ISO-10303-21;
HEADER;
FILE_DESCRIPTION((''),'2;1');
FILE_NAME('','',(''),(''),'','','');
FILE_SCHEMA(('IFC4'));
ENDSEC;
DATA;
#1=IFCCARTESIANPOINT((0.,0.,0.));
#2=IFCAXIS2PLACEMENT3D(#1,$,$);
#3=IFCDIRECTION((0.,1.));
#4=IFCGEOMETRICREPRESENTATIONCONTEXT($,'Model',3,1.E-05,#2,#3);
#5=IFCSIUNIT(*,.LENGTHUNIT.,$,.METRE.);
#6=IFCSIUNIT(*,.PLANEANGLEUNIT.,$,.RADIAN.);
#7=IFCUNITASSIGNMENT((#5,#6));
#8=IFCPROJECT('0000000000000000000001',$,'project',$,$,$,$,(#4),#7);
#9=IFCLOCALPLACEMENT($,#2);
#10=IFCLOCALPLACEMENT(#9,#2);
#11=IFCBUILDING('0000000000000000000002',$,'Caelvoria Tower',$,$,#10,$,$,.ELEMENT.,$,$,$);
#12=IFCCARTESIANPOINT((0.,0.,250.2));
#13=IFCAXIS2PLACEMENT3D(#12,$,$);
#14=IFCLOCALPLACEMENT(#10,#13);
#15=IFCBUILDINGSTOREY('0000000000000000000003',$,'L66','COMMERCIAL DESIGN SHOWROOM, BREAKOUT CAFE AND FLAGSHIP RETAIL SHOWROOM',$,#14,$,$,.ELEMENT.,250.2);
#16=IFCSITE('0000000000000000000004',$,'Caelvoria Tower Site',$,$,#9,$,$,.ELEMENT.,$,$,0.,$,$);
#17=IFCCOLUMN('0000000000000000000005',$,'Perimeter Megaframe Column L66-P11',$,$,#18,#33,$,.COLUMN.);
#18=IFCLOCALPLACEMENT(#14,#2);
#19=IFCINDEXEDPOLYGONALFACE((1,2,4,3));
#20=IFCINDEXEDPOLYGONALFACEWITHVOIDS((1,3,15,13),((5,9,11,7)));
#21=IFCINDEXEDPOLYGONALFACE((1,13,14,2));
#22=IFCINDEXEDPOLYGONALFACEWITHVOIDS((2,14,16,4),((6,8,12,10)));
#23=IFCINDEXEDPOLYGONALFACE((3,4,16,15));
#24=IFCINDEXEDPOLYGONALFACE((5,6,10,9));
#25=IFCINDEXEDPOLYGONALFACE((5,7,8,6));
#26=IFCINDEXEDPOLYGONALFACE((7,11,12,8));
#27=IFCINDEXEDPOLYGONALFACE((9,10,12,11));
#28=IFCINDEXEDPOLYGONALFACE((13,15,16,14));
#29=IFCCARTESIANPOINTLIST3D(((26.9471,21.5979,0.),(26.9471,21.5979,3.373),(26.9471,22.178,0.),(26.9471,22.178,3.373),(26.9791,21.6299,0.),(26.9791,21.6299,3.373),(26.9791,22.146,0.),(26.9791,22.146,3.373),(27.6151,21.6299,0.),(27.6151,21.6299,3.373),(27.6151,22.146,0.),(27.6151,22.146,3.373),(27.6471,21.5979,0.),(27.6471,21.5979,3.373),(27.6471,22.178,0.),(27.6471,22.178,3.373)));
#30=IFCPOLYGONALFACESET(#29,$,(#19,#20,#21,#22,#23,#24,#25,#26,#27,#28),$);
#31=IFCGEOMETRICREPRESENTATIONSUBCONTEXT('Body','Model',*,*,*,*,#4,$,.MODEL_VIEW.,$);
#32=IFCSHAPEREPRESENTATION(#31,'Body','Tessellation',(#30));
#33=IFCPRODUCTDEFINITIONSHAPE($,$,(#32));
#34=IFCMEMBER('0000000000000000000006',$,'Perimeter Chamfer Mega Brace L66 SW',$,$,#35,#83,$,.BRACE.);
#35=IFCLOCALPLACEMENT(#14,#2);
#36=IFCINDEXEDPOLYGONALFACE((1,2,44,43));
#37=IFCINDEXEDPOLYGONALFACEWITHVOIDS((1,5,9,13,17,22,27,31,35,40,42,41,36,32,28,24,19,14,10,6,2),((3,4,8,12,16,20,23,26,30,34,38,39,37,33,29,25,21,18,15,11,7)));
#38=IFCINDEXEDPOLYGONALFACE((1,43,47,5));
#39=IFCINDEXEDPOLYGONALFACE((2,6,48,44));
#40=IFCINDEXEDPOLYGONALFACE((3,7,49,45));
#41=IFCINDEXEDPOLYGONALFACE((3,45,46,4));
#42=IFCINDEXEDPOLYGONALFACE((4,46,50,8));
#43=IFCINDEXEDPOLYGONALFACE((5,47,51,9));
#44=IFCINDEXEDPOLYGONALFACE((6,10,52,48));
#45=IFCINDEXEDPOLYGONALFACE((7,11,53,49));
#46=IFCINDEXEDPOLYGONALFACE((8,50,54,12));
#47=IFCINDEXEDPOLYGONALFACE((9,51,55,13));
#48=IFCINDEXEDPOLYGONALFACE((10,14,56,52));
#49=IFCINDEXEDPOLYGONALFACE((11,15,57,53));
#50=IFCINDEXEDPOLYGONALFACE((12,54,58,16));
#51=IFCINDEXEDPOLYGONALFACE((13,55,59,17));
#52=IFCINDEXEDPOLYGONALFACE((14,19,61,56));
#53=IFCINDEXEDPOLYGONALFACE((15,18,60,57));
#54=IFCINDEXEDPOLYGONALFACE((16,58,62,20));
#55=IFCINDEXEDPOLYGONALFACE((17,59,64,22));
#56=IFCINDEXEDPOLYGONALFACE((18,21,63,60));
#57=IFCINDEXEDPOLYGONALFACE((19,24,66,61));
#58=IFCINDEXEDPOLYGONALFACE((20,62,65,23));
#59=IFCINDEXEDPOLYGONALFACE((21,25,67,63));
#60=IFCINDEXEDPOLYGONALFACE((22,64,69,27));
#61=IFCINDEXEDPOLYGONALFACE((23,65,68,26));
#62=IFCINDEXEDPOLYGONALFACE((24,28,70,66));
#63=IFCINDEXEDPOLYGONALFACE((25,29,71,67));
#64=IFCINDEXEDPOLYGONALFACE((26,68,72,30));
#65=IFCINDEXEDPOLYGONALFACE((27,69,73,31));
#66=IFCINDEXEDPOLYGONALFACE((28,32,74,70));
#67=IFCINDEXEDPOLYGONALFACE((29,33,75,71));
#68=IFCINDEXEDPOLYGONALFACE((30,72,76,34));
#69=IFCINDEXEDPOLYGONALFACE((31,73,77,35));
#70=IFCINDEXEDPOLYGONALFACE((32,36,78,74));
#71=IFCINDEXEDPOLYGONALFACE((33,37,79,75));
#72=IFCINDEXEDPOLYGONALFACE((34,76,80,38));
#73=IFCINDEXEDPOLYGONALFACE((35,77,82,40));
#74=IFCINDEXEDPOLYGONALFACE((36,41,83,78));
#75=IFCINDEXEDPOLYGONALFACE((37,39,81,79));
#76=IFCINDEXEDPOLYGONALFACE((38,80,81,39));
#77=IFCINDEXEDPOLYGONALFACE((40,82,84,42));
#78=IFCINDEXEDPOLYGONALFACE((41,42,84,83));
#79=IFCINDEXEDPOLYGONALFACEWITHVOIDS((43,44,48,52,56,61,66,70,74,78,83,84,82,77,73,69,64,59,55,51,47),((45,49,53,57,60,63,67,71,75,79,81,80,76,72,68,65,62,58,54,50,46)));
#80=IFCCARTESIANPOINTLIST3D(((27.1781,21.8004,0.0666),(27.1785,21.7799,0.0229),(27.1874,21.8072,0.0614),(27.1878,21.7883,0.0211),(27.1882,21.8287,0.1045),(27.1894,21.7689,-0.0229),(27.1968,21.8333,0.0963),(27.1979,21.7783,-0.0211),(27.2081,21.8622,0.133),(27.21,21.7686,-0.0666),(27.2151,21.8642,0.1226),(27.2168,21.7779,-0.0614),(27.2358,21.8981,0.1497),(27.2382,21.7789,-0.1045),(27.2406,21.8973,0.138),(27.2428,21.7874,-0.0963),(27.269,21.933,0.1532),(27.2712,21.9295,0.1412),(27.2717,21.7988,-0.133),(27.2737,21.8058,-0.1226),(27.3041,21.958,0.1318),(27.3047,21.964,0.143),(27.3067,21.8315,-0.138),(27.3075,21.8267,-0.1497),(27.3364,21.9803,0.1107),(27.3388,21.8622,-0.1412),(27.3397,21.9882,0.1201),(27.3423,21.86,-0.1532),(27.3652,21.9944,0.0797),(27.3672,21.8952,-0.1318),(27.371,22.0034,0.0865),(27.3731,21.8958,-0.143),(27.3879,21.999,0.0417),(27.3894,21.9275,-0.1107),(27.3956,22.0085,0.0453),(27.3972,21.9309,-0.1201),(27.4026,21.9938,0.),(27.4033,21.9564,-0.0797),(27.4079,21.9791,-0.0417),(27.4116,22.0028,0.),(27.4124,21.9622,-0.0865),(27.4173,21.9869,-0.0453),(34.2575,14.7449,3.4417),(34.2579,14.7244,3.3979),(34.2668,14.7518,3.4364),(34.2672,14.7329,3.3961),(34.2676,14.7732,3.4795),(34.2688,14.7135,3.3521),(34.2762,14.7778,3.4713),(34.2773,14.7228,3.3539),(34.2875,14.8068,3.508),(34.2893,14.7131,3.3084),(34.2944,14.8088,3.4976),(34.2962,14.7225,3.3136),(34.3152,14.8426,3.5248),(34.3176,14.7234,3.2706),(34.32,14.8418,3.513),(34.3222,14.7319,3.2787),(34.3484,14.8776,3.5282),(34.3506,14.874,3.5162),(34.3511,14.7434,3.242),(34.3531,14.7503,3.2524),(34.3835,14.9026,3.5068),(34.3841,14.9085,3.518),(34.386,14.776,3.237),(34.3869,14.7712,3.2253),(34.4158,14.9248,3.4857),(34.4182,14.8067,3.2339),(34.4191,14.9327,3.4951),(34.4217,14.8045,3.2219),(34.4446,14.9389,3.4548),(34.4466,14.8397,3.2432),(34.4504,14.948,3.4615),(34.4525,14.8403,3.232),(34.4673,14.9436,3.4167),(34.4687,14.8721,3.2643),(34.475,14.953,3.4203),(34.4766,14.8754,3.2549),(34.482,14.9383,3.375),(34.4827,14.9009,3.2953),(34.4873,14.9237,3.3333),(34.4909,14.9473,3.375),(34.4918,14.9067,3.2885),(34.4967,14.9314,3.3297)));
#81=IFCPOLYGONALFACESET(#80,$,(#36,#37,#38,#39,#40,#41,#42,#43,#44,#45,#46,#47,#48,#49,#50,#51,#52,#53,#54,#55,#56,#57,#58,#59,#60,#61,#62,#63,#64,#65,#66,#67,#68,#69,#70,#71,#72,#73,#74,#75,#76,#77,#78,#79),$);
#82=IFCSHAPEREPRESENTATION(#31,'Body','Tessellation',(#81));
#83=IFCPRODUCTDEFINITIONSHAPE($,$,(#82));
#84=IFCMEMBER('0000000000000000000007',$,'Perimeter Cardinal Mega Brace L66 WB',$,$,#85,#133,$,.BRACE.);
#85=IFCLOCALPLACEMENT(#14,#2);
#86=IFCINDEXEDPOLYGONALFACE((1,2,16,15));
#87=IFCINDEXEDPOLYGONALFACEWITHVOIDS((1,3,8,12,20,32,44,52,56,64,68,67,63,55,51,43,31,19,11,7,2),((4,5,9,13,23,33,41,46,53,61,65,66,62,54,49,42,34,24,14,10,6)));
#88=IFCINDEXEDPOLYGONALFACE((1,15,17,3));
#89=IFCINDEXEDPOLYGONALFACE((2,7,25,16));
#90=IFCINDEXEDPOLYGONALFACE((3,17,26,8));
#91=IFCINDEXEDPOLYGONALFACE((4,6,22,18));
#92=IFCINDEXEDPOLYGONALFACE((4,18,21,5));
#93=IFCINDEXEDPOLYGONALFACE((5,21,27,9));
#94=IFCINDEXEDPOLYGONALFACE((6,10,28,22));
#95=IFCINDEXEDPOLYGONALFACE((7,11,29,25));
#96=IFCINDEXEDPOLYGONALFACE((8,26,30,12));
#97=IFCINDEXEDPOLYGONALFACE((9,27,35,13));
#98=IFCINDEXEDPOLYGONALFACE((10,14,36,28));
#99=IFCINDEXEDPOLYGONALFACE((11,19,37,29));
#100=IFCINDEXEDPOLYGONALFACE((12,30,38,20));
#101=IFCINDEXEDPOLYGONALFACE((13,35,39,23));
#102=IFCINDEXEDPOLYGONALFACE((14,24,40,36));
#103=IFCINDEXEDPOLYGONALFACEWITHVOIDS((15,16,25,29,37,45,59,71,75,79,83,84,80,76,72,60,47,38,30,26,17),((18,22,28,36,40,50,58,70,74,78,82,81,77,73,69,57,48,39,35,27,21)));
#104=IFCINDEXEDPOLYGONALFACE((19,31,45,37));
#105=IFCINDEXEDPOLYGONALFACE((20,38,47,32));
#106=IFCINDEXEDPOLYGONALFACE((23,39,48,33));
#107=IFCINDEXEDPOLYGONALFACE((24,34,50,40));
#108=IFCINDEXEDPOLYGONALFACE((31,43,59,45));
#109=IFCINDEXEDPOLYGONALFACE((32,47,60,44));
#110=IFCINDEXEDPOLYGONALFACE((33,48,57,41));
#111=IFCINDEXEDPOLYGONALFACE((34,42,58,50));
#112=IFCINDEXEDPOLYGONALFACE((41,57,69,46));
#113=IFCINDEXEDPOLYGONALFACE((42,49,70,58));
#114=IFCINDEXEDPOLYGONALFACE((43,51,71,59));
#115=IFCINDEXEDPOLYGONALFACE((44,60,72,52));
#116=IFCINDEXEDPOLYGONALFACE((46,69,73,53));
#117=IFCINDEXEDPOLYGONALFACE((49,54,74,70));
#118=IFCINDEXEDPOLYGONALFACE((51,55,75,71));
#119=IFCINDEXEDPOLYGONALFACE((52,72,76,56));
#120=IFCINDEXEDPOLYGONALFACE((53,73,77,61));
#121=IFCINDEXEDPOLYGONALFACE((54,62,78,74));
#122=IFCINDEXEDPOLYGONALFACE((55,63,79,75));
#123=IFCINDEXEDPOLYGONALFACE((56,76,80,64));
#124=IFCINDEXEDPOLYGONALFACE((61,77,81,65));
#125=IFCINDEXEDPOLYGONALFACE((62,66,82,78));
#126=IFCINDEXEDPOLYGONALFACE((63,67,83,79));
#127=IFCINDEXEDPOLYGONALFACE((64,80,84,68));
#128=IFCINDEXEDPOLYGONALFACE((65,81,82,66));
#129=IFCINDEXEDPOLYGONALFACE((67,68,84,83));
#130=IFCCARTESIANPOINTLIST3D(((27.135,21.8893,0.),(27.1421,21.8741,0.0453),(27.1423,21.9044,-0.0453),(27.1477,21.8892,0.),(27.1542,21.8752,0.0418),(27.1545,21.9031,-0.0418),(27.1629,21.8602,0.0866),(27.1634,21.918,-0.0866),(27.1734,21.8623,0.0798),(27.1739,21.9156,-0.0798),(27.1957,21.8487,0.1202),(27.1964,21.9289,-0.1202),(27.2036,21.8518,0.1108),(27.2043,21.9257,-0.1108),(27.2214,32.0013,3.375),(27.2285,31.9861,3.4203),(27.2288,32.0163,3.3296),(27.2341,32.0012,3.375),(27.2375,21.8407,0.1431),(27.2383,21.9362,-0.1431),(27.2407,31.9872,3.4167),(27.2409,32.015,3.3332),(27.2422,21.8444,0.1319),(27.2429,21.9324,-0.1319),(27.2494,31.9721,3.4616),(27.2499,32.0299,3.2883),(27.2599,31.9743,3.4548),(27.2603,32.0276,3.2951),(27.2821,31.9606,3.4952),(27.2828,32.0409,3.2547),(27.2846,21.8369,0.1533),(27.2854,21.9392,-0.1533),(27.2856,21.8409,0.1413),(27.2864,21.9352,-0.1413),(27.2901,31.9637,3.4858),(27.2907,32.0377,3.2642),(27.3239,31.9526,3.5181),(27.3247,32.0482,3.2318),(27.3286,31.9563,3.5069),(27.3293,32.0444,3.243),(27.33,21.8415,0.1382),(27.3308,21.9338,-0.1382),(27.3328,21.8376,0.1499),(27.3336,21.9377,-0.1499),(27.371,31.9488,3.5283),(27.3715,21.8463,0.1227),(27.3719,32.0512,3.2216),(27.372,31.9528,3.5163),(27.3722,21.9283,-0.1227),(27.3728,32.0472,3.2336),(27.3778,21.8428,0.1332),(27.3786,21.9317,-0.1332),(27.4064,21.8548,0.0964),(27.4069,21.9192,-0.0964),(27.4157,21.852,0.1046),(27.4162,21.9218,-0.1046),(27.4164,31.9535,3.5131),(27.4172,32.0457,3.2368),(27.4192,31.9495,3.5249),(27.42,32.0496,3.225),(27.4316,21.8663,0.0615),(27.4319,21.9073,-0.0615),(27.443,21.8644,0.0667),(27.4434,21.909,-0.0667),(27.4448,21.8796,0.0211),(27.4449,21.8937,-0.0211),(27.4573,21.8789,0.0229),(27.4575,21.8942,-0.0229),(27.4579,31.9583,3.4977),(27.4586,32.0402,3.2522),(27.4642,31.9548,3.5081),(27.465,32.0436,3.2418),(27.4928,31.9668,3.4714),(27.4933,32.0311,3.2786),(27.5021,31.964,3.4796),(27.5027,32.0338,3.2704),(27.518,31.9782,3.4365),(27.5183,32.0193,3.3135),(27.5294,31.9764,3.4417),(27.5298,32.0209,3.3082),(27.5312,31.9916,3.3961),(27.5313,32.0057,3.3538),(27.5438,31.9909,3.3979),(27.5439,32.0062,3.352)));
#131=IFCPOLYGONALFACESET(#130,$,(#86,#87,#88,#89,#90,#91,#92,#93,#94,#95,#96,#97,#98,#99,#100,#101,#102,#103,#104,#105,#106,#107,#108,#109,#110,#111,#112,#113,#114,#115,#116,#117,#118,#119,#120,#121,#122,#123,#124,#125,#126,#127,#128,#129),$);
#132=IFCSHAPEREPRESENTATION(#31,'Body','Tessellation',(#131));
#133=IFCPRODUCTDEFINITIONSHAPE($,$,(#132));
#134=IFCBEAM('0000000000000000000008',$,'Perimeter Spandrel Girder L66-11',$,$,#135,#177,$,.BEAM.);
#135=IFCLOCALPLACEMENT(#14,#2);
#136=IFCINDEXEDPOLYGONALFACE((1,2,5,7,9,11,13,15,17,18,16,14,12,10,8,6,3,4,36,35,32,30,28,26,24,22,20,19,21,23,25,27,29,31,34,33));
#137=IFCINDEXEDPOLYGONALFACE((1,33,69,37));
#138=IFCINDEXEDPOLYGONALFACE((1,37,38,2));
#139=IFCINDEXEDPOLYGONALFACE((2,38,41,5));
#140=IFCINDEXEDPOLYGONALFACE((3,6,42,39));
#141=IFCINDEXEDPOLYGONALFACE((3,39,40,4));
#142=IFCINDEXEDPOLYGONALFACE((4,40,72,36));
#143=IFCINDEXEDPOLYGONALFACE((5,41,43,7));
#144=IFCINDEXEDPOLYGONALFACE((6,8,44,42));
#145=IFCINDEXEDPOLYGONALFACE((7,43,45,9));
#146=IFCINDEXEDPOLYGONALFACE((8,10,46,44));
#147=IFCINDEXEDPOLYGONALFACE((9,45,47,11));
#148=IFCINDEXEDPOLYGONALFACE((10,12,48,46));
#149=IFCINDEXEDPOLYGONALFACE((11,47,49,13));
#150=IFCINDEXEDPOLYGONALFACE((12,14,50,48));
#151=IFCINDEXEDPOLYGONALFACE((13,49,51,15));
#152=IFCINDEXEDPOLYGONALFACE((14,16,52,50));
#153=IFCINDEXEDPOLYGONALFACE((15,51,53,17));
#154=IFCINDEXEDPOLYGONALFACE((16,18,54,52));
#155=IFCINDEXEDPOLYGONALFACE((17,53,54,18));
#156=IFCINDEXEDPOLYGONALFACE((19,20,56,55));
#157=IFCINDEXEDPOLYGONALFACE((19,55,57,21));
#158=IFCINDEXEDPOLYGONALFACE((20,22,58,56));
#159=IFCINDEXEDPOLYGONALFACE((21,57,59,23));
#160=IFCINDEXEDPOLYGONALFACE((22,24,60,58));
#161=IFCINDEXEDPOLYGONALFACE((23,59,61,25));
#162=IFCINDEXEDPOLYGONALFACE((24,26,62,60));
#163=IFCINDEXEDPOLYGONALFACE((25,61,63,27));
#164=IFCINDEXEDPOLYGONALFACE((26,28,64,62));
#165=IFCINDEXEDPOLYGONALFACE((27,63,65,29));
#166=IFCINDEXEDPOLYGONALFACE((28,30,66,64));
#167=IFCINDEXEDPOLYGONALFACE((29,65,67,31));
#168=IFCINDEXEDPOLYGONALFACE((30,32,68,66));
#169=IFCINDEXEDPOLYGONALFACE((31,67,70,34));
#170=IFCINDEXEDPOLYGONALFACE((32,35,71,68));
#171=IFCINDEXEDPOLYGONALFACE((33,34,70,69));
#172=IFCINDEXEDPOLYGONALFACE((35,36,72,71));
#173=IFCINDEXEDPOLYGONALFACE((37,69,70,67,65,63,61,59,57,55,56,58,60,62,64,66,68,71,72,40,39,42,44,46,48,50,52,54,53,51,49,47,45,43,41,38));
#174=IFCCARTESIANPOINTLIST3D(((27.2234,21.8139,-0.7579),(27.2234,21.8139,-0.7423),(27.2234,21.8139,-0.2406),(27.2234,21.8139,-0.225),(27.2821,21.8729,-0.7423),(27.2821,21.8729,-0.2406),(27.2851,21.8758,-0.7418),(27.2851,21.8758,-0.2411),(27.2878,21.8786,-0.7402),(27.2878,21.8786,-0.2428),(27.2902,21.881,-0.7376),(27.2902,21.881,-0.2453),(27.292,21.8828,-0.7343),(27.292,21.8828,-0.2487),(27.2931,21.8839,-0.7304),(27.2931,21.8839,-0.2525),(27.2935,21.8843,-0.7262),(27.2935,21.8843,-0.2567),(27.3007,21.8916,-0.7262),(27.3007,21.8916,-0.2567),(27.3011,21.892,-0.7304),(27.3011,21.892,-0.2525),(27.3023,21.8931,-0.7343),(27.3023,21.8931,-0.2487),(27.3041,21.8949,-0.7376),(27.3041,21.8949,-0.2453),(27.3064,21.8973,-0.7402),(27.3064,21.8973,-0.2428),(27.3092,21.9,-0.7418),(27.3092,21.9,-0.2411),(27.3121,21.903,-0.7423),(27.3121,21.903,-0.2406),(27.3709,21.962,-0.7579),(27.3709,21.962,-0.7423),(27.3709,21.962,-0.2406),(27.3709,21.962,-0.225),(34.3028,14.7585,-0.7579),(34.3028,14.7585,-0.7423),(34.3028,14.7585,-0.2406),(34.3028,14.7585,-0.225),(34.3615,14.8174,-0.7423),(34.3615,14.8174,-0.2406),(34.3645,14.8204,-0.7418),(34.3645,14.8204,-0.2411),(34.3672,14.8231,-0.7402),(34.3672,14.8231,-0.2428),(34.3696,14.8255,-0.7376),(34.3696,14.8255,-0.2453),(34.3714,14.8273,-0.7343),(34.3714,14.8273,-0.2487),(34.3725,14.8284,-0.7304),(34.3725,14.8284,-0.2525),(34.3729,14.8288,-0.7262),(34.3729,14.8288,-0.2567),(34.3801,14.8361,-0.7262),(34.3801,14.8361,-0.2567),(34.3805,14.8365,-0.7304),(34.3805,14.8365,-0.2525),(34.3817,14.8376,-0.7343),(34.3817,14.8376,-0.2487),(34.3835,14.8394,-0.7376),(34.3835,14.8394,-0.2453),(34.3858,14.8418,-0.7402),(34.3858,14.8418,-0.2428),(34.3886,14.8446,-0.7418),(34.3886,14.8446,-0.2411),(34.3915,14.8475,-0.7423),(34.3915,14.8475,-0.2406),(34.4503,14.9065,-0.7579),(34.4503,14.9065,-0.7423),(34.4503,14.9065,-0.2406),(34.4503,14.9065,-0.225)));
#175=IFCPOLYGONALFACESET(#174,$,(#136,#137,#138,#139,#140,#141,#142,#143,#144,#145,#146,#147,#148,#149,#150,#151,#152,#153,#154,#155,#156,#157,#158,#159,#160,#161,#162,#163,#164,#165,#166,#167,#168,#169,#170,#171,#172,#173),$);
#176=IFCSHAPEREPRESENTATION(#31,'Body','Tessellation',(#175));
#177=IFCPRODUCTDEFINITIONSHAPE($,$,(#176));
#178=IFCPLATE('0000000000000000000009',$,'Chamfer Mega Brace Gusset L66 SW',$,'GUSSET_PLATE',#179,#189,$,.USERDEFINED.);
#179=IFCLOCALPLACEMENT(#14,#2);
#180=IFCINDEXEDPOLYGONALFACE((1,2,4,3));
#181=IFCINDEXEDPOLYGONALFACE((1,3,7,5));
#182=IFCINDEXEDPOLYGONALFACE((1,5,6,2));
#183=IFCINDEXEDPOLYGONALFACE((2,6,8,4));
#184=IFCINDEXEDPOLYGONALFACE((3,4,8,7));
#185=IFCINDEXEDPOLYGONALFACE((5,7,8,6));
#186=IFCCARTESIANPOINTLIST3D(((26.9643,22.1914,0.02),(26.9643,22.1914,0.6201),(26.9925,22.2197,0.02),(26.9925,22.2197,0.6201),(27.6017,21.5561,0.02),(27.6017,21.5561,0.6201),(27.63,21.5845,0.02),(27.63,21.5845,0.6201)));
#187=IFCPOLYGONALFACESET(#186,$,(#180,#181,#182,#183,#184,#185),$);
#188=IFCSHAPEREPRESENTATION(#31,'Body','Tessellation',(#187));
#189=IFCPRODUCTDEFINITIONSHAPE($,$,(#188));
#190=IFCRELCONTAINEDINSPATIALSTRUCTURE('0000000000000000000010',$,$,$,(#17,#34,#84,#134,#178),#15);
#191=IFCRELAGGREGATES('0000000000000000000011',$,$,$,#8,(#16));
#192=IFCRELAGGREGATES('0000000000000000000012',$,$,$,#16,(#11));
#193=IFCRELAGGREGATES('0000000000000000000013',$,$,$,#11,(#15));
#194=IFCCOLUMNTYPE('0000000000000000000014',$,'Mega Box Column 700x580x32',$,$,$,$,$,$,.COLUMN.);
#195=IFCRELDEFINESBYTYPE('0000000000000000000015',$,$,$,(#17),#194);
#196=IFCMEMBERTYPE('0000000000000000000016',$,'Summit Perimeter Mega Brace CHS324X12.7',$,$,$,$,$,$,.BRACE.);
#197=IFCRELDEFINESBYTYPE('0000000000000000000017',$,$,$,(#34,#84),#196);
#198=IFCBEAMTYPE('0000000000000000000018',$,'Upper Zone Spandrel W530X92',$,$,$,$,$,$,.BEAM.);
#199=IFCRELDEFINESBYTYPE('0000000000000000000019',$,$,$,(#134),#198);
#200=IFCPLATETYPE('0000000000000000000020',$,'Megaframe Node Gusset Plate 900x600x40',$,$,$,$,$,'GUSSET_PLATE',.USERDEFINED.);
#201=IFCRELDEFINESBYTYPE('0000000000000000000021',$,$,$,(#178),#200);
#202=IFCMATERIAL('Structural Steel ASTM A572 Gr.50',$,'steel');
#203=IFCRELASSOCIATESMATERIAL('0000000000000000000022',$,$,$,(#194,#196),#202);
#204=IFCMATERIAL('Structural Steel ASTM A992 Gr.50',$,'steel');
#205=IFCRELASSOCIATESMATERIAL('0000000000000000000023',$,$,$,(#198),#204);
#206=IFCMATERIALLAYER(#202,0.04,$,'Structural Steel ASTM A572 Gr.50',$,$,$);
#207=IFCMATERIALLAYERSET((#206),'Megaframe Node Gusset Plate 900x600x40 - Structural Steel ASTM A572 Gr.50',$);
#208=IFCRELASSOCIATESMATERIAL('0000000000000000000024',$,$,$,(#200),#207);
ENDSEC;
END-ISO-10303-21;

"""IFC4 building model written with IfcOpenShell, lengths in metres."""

from ifc_helpers import new_model, si_unit, direction, frame, origin, origin_2d, place, context, subcontext, project, spatial, rectangle, hollow_rectangle, hollow_circle, i_section, extrude, material, layer, layer_set, material_profile, profile_set, type_object, element, save


model = new_model("IFC4")

# Units and contexts
model_context = context("Model", 3, precision=1e-05, world=origin(), true_north=direction((0.0, 1.0)))
body_context = subcontext(model_context, "Body", "Model", "MODEL_VIEW")
ifc_project = project(units=[si_unit("LENGTHUNIT", "METRE"), si_unit("PLANEANGLEUNIT", "RADIAN")], contexts=[model_context])

# Site, building, storey
site_placement = place(None, origin())
site = spatial("IfcSite", under=ifc_project, at=site_placement, Name="Caelvoria Tower Site", CompositionType="ELEMENT", RefElevation=0.0)
building_placement = place(site_placement, origin())
building = spatial("IfcBuilding", under=site, at=building_placement, Name="Caelvoria Tower", CompositionType="ELEMENT")
storey_placement = place(building_placement, frame((0.0, 0.0, 250.2)))
storey = spatial("IfcBuildingStorey", under=building, at=storey_placement, Name="L66", Description="COMMERCIAL DESIGN SHOWROOM, BREAKOUT CAFE AND FLAGSHIP RETAIL SHOWROOM", CompositionType="ELEMENT", Elevation=250.2)

# Column
ifc_material_1 = material(Name="Structural Steel ASTM A572 Gr.50", Category="steel")
ifc_material_profile_1 = material_profile(ifc_material_1, hollow_rectangle(XDim=0.5801, YDim=0.7, WallThickness=0.032, at=origin_2d()), Name="Structural Steel ASTM A572 Gr.50")
ifc_profile_set_1 = profile_set([ifc_material_profile_1], Name="BOX700X580X32 - Structural Steel ASTM A572 Gr.50")
column_type = type_object("IfcColumnType", Name="Mega Box Column 700x580x32", PredefinedType="COLUMN", material=ifc_profile_set_1)
column_placement = place(storey_placement, frame((27.2971, 21.8879, 0.0), z_axis=(0.0, 0.0, 1.0), x_axis=(0.0, 1.0, 0.0)))
element("IfcColumn", 1, at=column_placement, inside=storey, type_object=column_type, Name="Perimeter Megaframe Column L66-P11", PredefinedType="COLUMN", context=body_context, shape_type="SweptSolid", body=[
    extrude(hollow_rectangle(XDim=0.5801, YDim=0.7, WallThickness=0.032, at=origin_2d()), origin(), (0.0, 0.0, 1.0), 3.373),
])

# Members
ifc_material_profile_2 = material_profile(ifc_material_1, hollow_circle(Radius=0.1621, WallThickness=0.0127, at=origin_2d()), Name="Structural Steel ASTM A572 Gr.50")
ifc_profile_set_2 = profile_set([ifc_material_profile_2], Name="CHS324X12.7 - Structural Steel ASTM A572 Gr.50")
member_type = type_object("IfcMemberType", Name="Summit Perimeter Mega Brace CHS324X12.7", PredefinedType="BRACE", material=ifc_profile_set_2)
member_1_placement = place(storey_placement, frame((27.2971, 21.8879, 0.0), z_axis=(0.671076, -0.668808, 0.319928), x_axis=(0.705909, 0.708303, 0.0)))
element("IfcMember", 2, at=member_1_placement, inside=storey, type_object=member_type, Name="Perimeter Chamfer Mega Brace L66 SW", PredefinedType="BRACE", context=body_context, shape_type="SweptSolid", body=[
    extrude(hollow_circle(Radius=0.1621, WallThickness=0.0127, at=origin_2d()), origin(), (0.0, 0.0, 1.0), 10.5493),
])
member_2_placement = place(storey_placement, frame((27.2971, 21.8879, 0.0), z_axis=(0.008107, 0.948531, 0.316581), x_axis=(-0.999963, 0.008546, 0.0)))
element("IfcMember", 3, at=member_2_placement, inside=storey, type_object=member_type, Name="Perimeter Cardinal Mega Brace L66 WB", PredefinedType="BRACE", context=body_context, shape_type="SweptSolid", body=[
    extrude(hollow_circle(Radius=0.1621, WallThickness=0.0127, at=origin_2d()), origin(), (0.0, 0.0, 1.0), 10.6606),
])

# Beam
ifc_material_2 = material(Name="Structural Steel ASTM A992 Gr.50", Category="steel")
ifc_material_profile_3 = material_profile(ifc_material_2, i_section(OverallWidth=0.209, OverallDepth=0.533, WebThickness=0.0103, FlangeThickness=0.0156, FilletRadius=0.0161, at=origin_2d()), Name="Structural Steel ASTM A992 Gr.50")
ifc_profile_set_3 = profile_set([ifc_material_profile_3], Name="W530X92 - Structural Steel ASTM A992 Gr.50")
beam_type = type_object("IfcBeamType", Name="Upper Zone Spandrel W530X92", PredefinedType="BEAM", material=ifc_profile_set_3)
beam_placement = place(storey_placement, frame((27.2971, 21.8879, -0.4915), z_axis=(0.708303, -0.705909, 0.0), x_axis=(0.705909, 0.708303, 0.0)))
element("IfcBeam", 4, at=beam_placement, inside=storey, type_object=beam_type, Name="Perimeter Spandrel Girder L66-11", PredefinedType="BEAM", context=body_context, shape_type="SweptSolid", body=[
    extrude(i_section(OverallWidth=0.209, OverallDepth=0.533, WebThickness=0.0103, FlangeThickness=0.0156, FilletRadius=0.0161, at=origin_2d()), origin(), (0.0, 0.0, 1.0), 9.9949),
])

# Plate
ifc_layer_1 = layer(ifc_material_1, 0.04, Name="Structural Steel ASTM A572 Gr.50")
ifc_layer_set_1 = layer_set([ifc_layer_1], Name="Megaframe Node Gusset Plate 900x600x40 - Structural Steel ASTM A572 Gr.50")
plate_type = type_object("IfcPlateType", Name="Megaframe Node Gusset Plate 900x600x40", ElementType="GUSSET_PLATE", PredefinedType="USERDEFINED", material=ifc_layer_set_1)
for number, where, z_axis, x_axis, name in (
    (5, (27.2971, 21.8879, 0.02), (0.0, 0.0, 1.0), (0.708312, -0.7059, 0.0), "Chamfer Mega Brace Gusset L66 SW"),
):
    element("IfcPlate", number, at=place(storey_placement, frame(where, z_axis=z_axis, x_axis=x_axis)), inside=storey, type_object=plate_type, Name=name, ObjectType="GUSSET_PLATE", PredefinedType="USERDEFINED", context=body_context, shape_type="SweptSolid", body=[
        extrude(rectangle(XDim=0.8999, YDim=0.04, at=origin_2d()), origin(), (0.0, 0.0, 1.0), 0.6001),
    ])

save(model, "model.ifc")
